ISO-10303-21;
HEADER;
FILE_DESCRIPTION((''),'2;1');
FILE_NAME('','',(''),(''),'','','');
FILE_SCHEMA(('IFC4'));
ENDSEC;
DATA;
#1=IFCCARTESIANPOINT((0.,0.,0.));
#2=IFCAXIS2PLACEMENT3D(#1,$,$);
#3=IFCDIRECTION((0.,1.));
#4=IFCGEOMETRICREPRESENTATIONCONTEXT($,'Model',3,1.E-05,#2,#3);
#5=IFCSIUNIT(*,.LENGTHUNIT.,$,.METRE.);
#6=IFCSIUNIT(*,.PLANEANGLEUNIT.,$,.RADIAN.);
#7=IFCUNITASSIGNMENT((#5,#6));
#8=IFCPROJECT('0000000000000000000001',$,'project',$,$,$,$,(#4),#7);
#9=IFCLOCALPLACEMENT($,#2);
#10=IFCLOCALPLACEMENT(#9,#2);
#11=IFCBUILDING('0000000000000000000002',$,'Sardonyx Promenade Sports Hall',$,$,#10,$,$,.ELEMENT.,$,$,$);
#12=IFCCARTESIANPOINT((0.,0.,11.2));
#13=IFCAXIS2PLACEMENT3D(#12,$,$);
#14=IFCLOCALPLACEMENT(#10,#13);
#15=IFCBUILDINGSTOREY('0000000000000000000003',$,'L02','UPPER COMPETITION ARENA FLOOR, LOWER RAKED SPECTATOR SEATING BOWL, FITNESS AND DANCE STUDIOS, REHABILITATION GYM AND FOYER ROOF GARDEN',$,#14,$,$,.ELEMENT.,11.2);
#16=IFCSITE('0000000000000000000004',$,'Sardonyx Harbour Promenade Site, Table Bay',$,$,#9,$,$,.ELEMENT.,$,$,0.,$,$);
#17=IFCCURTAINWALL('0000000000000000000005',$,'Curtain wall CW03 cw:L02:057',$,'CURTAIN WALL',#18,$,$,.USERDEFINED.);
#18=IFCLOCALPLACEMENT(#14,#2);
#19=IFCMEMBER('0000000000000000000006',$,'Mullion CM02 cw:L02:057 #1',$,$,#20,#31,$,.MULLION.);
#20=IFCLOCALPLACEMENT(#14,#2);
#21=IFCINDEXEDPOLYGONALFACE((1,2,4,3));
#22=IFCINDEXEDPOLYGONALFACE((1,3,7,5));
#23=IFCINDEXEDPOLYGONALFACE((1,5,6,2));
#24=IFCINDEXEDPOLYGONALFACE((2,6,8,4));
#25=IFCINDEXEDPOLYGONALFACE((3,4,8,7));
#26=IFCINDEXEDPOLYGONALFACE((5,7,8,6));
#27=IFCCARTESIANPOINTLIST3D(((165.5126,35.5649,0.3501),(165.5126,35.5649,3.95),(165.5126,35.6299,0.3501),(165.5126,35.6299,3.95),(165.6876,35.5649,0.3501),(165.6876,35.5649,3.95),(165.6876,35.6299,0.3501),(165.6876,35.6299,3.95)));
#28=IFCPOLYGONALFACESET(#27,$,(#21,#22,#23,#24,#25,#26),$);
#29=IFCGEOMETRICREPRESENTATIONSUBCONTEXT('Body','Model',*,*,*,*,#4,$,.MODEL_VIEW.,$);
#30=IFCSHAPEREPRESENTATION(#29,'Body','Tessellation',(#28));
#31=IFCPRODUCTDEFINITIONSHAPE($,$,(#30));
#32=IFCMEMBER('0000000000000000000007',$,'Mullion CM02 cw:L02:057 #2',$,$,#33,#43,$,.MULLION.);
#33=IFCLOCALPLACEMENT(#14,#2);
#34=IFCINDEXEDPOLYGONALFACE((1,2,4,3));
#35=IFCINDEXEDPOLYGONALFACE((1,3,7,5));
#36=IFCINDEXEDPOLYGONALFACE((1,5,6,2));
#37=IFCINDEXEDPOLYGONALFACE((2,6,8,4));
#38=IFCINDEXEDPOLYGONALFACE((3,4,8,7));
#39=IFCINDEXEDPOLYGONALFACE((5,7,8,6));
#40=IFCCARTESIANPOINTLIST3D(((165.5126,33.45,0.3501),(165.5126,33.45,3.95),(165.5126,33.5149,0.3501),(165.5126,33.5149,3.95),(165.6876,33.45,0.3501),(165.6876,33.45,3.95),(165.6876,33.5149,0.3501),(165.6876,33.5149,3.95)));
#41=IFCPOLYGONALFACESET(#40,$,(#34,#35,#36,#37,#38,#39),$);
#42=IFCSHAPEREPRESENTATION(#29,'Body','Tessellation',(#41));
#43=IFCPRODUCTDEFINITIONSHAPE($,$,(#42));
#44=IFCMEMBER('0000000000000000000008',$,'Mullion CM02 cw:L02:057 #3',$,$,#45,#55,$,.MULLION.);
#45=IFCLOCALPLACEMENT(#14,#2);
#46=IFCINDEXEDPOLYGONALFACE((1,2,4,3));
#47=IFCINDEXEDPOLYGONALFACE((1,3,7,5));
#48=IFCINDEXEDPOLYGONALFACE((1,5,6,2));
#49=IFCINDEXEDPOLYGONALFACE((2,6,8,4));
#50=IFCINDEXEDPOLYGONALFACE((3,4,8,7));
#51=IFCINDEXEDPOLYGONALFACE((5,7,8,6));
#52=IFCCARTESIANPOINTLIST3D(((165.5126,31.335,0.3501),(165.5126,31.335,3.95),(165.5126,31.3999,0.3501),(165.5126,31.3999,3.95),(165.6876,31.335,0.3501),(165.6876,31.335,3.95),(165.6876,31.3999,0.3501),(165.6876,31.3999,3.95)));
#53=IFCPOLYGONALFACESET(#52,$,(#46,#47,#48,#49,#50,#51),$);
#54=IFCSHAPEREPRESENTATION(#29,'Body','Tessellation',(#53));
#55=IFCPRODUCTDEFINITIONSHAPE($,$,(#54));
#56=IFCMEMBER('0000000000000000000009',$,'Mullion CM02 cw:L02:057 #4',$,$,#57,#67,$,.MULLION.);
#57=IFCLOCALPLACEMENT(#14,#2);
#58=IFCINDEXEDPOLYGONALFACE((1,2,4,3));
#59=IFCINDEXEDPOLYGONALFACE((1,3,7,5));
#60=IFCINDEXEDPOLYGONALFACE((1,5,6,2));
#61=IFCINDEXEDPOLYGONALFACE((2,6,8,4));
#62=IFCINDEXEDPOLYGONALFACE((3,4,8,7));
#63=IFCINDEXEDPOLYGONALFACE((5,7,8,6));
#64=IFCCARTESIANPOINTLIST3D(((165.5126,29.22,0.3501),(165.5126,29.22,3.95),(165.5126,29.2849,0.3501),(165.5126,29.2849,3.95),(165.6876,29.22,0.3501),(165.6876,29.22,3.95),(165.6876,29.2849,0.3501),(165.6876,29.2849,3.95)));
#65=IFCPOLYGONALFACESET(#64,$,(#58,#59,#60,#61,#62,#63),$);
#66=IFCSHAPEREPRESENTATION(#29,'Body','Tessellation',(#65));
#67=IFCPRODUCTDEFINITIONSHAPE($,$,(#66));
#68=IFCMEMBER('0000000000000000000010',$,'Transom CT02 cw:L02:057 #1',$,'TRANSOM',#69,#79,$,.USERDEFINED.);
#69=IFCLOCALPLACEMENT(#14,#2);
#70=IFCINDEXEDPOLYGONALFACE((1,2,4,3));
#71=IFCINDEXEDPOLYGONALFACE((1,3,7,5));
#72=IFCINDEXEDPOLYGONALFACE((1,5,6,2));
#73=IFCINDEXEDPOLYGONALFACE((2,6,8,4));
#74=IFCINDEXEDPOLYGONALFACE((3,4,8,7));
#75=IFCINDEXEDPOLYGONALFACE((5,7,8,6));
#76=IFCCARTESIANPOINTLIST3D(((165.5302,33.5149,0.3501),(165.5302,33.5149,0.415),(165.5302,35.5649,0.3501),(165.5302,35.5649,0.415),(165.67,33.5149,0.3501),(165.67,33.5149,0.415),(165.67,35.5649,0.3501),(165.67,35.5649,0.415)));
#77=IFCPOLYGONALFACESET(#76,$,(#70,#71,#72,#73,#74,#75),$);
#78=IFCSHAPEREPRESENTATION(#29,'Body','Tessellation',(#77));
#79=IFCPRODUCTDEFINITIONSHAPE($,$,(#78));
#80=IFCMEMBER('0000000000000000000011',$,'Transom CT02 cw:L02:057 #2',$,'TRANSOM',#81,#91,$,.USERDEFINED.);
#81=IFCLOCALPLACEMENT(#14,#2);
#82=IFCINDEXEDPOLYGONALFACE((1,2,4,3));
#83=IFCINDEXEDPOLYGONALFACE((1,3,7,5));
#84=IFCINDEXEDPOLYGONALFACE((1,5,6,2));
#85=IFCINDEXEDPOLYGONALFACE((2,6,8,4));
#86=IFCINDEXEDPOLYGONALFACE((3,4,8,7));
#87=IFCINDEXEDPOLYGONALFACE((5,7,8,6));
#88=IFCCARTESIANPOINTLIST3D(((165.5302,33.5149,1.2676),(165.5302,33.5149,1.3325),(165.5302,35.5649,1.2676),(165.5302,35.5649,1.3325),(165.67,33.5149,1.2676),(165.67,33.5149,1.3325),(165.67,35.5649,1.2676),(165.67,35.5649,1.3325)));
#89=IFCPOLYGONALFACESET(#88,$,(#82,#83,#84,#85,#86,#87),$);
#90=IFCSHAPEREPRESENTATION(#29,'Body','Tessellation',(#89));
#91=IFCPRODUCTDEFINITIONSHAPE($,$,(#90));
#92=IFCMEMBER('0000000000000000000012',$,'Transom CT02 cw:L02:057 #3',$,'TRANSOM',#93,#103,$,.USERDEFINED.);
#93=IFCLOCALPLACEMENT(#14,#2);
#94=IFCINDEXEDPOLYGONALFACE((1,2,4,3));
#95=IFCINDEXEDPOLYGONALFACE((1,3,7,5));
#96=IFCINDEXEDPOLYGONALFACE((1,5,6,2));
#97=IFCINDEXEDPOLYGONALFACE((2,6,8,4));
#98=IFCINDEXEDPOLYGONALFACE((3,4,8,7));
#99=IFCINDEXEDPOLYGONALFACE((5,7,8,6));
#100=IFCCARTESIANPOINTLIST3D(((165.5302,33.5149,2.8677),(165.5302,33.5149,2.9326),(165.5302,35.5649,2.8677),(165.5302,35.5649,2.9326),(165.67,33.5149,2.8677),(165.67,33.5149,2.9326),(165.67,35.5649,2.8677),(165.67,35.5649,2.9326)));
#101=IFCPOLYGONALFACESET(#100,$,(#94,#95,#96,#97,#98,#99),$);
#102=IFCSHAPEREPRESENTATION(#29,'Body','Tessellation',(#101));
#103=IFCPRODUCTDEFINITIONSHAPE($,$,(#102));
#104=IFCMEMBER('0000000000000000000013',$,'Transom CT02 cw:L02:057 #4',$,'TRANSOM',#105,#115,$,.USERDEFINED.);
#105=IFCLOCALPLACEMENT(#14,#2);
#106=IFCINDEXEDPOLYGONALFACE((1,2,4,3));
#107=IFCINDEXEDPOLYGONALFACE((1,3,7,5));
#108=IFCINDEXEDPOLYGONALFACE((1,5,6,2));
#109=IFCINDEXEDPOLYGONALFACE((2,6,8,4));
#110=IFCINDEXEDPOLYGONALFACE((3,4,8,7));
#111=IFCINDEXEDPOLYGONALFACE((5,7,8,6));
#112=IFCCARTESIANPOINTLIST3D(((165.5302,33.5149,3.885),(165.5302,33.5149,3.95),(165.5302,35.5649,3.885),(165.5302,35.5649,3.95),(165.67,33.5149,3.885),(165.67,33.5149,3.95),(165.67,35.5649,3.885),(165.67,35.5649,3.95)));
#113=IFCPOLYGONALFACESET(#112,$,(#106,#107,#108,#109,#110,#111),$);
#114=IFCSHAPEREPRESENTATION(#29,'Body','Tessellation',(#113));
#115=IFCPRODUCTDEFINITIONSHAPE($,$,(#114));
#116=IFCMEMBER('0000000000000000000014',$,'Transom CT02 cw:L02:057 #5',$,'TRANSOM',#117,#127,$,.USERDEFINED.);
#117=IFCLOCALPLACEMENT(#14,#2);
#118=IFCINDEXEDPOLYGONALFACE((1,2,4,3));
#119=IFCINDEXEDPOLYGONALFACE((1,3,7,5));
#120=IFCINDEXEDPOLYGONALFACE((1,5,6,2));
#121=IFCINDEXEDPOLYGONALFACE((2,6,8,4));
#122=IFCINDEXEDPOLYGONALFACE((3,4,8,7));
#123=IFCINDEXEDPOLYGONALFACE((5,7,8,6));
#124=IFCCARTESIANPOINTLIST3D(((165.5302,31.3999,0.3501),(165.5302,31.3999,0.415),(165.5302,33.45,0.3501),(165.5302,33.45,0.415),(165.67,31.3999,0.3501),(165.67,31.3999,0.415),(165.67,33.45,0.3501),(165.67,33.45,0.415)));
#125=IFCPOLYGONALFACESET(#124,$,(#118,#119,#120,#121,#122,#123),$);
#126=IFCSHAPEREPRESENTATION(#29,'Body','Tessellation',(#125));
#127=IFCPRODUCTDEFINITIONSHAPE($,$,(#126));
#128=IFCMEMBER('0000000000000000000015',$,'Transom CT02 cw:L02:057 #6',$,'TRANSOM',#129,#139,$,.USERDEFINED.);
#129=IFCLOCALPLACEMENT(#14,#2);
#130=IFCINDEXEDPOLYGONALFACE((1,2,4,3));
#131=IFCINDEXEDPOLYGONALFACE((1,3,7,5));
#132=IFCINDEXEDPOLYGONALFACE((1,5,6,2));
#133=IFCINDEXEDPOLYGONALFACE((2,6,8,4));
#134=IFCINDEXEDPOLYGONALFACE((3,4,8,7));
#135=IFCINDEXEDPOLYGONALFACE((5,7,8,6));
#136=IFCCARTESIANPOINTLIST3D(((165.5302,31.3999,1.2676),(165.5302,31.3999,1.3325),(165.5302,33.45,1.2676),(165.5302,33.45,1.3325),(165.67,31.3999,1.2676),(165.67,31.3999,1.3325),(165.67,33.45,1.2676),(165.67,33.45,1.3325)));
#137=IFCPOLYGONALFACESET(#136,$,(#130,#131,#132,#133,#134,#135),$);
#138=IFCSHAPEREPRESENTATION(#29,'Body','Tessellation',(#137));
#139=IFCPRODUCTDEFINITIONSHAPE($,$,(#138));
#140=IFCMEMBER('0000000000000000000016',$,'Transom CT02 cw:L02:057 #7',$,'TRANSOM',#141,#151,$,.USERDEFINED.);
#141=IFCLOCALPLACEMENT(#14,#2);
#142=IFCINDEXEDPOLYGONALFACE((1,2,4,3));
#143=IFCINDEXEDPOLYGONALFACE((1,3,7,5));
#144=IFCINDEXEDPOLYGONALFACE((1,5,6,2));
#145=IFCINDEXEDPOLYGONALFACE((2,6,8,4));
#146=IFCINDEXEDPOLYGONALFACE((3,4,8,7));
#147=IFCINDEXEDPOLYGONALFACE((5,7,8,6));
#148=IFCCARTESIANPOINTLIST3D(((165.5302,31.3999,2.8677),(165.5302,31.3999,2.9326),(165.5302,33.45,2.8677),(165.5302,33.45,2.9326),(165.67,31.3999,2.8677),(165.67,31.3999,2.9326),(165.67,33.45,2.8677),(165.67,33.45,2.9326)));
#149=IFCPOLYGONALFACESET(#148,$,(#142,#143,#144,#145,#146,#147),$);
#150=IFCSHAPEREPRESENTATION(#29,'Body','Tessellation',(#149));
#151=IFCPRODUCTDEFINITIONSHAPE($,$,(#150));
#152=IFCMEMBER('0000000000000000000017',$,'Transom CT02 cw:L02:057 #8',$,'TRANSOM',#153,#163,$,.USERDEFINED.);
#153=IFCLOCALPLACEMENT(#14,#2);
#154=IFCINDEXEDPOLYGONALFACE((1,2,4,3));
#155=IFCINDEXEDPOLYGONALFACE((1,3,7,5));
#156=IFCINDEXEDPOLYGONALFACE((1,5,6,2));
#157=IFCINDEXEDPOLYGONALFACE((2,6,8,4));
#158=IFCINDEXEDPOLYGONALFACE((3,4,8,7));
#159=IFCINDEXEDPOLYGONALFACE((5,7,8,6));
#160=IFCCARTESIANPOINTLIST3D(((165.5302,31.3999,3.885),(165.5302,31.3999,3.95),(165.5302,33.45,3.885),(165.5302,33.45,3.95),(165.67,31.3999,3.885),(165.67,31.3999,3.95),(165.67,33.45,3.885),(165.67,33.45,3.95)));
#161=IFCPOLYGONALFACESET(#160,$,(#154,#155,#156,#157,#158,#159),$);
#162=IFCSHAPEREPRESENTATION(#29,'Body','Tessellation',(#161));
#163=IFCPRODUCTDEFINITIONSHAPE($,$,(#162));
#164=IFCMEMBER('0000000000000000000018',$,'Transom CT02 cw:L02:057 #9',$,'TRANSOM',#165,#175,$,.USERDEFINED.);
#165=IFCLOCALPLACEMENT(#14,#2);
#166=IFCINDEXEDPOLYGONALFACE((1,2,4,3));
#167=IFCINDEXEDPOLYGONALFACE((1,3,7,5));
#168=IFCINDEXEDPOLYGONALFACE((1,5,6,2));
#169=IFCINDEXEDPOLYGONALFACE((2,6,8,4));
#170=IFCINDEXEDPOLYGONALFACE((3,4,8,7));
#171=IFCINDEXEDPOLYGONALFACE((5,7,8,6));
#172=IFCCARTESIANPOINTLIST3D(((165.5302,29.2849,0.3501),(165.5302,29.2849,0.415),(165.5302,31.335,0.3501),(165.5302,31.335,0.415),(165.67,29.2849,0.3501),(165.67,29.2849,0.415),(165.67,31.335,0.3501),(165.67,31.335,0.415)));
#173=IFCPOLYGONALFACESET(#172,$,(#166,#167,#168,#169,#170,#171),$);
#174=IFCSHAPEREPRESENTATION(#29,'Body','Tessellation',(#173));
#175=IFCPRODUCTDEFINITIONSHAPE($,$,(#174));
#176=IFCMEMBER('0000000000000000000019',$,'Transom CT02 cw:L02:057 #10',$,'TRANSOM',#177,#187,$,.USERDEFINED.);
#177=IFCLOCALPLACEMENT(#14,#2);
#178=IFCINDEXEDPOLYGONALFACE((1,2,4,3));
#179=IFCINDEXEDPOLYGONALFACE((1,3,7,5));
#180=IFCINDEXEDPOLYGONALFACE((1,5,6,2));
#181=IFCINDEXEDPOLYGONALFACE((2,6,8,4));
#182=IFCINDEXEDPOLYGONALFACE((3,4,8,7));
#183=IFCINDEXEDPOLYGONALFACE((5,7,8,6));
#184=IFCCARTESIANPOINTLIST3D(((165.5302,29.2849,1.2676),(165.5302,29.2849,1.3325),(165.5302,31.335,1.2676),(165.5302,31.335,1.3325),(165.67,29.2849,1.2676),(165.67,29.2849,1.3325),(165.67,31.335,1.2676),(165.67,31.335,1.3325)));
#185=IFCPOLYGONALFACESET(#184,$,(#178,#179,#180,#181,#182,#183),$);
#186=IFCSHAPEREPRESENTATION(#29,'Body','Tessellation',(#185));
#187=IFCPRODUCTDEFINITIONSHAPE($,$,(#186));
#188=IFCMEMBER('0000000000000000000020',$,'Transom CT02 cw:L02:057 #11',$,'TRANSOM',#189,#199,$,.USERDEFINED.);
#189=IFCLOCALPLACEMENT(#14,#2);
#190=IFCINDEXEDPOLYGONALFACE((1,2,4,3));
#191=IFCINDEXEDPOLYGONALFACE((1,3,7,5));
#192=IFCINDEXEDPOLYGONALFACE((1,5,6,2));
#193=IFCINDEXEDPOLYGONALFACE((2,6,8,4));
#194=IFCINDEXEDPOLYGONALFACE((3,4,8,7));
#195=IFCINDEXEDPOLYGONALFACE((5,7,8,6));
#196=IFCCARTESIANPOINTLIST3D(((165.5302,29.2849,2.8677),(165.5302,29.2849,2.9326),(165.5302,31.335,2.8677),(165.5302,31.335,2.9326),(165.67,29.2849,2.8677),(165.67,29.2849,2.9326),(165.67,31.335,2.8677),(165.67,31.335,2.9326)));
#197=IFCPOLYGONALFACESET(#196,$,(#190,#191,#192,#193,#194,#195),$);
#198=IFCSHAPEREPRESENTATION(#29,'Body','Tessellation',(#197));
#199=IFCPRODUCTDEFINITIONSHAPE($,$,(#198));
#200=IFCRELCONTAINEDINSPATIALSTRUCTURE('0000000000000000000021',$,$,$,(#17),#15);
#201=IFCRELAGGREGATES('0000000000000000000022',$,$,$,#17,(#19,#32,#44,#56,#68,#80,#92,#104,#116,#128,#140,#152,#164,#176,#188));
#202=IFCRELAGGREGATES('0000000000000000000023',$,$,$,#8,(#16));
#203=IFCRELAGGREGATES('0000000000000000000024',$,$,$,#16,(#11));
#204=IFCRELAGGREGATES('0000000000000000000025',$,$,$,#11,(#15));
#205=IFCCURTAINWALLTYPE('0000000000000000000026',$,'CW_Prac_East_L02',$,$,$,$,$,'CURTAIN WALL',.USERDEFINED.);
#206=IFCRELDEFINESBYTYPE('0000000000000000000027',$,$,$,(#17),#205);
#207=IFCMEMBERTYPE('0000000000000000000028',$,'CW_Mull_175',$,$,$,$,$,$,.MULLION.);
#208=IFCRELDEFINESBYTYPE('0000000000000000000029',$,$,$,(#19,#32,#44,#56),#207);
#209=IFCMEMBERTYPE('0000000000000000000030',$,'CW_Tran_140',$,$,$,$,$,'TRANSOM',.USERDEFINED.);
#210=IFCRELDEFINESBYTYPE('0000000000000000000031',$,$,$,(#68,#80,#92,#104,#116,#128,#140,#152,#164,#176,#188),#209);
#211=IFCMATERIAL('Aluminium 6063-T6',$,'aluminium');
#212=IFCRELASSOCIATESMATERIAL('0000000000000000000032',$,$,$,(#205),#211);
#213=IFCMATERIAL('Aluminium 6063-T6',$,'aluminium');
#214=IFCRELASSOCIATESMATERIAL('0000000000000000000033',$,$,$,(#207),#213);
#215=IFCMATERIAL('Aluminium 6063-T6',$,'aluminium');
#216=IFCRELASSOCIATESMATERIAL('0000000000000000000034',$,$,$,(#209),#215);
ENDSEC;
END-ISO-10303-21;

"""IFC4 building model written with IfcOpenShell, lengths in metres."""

from ifc_helpers import new_model, si_unit, direction, frame, origin, origin_2d, place, context, subcontext, project, spatial, rectangle, extrude, material, material_profile, profile_set, type_object, element, aggregate, save


model = new_model("IFC4")

# Units and contexts
model_context = context("Model", 3, precision=1e-05, world=origin(), true_north=direction((0.0, 1.0)))
body_context = subcontext(model_context, "Body", "Model", "MODEL_VIEW")
ifc_project = project(units=[si_unit("LENGTHUNIT", "METRE"), si_unit("PLANEANGLEUNIT", "RADIAN")], contexts=[model_context])

# Site, building, storey
site_placement = place(None, origin())
site = spatial("IfcSite", under=ifc_project, at=site_placement, Name="Sardonyx Harbour Promenade Site, Table Bay", CompositionType="ELEMENT", RefElevation=0.0)
building_placement = place(site_placement, origin())
building = spatial("IfcBuilding", under=site, at=building_placement, Name="Sardonyx Promenade Sports Hall", CompositionType="ELEMENT")
storey_placement = place(building_placement, frame((0.0, 0.0, 11.2)))
storey = spatial("IfcBuildingStorey", under=building, at=storey_placement, Name="L02", Description="UPPER COMPETITION ARENA FLOOR, LOWER RAKED SPECTATOR SEATING BOWL, FITNESS AND DANCE STUDIOS, REHABILITATION GYM AND FOYER ROOF GARDEN", CompositionType="ELEMENT", Elevation=11.2)

# Curtain wall, members
ifc_material_1 = material(Name="Aluminium 6063-T6", Category="aluminium")
curtain_wall_type = type_object("IfcCurtainWallType", Name="CW_Prac_East_L02", ElementType="CURTAIN WALL", PredefinedType="USERDEFINED", material=ifc_material_1)
curtain_wall_placement = place(storey_placement, origin())
curtain_wall = element("IfcCurtainWall", 1, at=curtain_wall_placement, inside=storey, type_object=curtain_wall_type, Name="Curtain wall CW03 cw:L02:057", ObjectType="CURTAIN WALL", PredefinedType="USERDEFINED")
ifc_material_2 = material(Name="Aluminium 6063-T6", Category="aluminium")
ifc_material_profile_1 = material_profile(ifc_material_2, rectangle(XDim=0.0649, YDim=0.175, at=origin_2d()))
ifc_profile_set_1 = profile_set([ifc_material_profile_1], Name="Aluminium 6063-T6")
member_type_1 = type_object("IfcMemberType", Name="CW_Mull_175", PredefinedType="MULLION", material=ifc_profile_set_1)
member_1_placement = place(storey_placement, frame((165.6001, 35.5974, 0.3501), z_axis=(0.0, 0.0, 1.0), x_axis=(0.0, -1.0, 0.0)))
member_1 = element("IfcMember", 2, at=member_1_placement, type_object=member_type_1, Name="Mullion CM02 cw:L02:057 #1", PredefinedType="MULLION", context=body_context, shape_type="SweptSolid", body=[
    extrude(rectangle(XDim=0.0649, YDim=0.175, at=origin_2d()), origin(), (0.0, 0.0, 1.0), 3.5999),
])
member_2_placement = place(storey_placement, frame((165.6001, 33.4824, 0.3501), z_axis=(0.0, 0.0, 1.0), x_axis=(0.0, -1.0, 0.0)))
member_2 = element("IfcMember", 3, at=member_2_placement, type_object=member_type_1, Name="Mullion CM02 cw:L02:057 #2", PredefinedType="MULLION", context=body_context, shape_type="SweptSolid", body=[
    extrude(rectangle(XDim=0.0649, YDim=0.175, at=origin_2d()), origin(), (0.0, 0.0, 1.0), 3.5999),
])
member_3_placement = place(storey_placement, frame((165.6001, 31.3674, 0.3501), z_axis=(0.0, 0.0, 1.0), x_axis=(0.0, -1.0, 0.0)))
member_3 = element("IfcMember", 4, at=member_3_placement, type_object=member_type_1, Name="Mullion CM02 cw:L02:057 #3", PredefinedType="MULLION", context=body_context, shape_type="SweptSolid", body=[
    extrude(rectangle(XDim=0.0649, YDim=0.175, at=origin_2d()), origin(), (0.0, 0.0, 1.0), 3.5999),
])
member_4_placement = place(storey_placement, frame((165.6001, 29.2524, 0.3501), z_axis=(0.0, 0.0, 1.0), x_axis=(0.0, -1.0, 0.0)))
member_4 = element("IfcMember", 5, at=member_4_placement, type_object=member_type_1, Name="Mullion CM02 cw:L02:057 #4", PredefinedType="MULLION", context=body_context, shape_type="SweptSolid", body=[
    extrude(rectangle(XDim=0.0649, YDim=0.175, at=origin_2d()), origin(), (0.0, 0.0, 1.0), 3.5999),
])
ifc_material_3 = material(Name="Aluminium 6063-T6", Category="aluminium")
ifc_material_profile_2 = material_profile(ifc_material_3, rectangle(XDim=0.0649, YDim=0.1399, at=origin_2d()))
ifc_profile_set_2 = profile_set([ifc_material_profile_2], Name="Aluminium 6063-T6")
member_type_2 = type_object("IfcMemberType", Name="CW_Tran_140", ElementType="TRANSOM", PredefinedType="USERDEFINED", material=ifc_profile_set_2)
member_5_placement = place(storey_placement, frame((165.6001, 35.5649, 0.3826), z_axis=(0.0, -1.0, 0.0), x_axis=(0.0, 0.0, 1.0)))
member_5 = element("IfcMember", 6, at=member_5_placement, type_object=member_type_2, Name="Transom CT02 cw:L02:057 #1", ObjectType="TRANSOM", PredefinedType="USERDEFINED", context=body_context, shape_type="SweptSolid", body=[
    extrude(rectangle(XDim=0.0649, YDim=0.1399, at=origin_2d()), origin(), (0.0, 0.0, 1.0), 2.05),
])
member_6_placement = place(storey_placement, frame((165.6001, 35.5649, 1.3), z_axis=(0.0, -1.0, 0.0), x_axis=(0.0, 0.0, 1.0)))
member_6 = element("IfcMember", 7, at=member_6_placement, type_object=member_type_2, Name="Transom CT02 cw:L02:057 #2", ObjectType="TRANSOM", PredefinedType="USERDEFINED", context=body_context, shape_type="SweptSolid", body=[
    extrude(rectangle(XDim=0.0649, YDim=0.1399, at=origin_2d()), origin(), (0.0, 0.0, 1.0), 2.05),
])
member_7_placement = place(storey_placement, frame((165.6001, 35.5649, 2.9001), z_axis=(0.0, -1.0, 0.0), x_axis=(0.0, 0.0, 1.0)))
member_7 = element("IfcMember", 8, at=member_7_placement, type_object=member_type_2, Name="Transom CT02 cw:L02:057 #3", ObjectType="TRANSOM", PredefinedType="USERDEFINED", context=body_context, shape_type="SweptSolid", body=[
    extrude(rectangle(XDim=0.0649, YDim=0.1399, at=origin_2d()), origin(), (0.0, 0.0, 1.0), 2.05),
])
member_8_placement = place(storey_placement, frame((165.6001, 35.5649, 3.9175), z_axis=(0.0, -1.0, 0.0), x_axis=(0.0, 0.0, 1.0)))
member_8 = element("IfcMember", 9, at=member_8_placement, type_object=member_type_2, Name="Transom CT02 cw:L02:057 #4", ObjectType="TRANSOM", PredefinedType="USERDEFINED", context=body_context, shape_type="SweptSolid", body=[
    extrude(rectangle(XDim=0.0649, YDim=0.1399, at=origin_2d()), origin(), (0.0, 0.0, 1.0), 2.05),
])
member_9_placement = place(storey_placement, frame((165.6001, 33.45, 0.3826), z_axis=(0.0, -1.0, 0.0), x_axis=(0.0, 0.0, 1.0)))
member_9 = element("IfcMember", 10, at=member_9_placement, type_object=member_type_2, Name="Transom CT02 cw:L02:057 #5", ObjectType="TRANSOM", PredefinedType="USERDEFINED", context=body_context, shape_type="SweptSolid", body=[
    extrude(rectangle(XDim=0.0649, YDim=0.1399, at=origin_2d()), origin(), (0.0, 0.0, 1.0), 2.05),
])
member_10_placement = place(storey_placement, frame((165.6001, 33.45, 1.3), z_axis=(0.0, -1.0, 0.0), x_axis=(0.0, 0.0, 1.0)))
member_10 = element("IfcMember", 11, at=member_10_placement, type_object=member_type_2, Name="Transom CT02 cw:L02:057 #6", ObjectType="TRANSOM", PredefinedType="USERDEFINED", context=body_context, shape_type="SweptSolid", body=[
    extrude(rectangle(XDim=0.0649, YDim=0.1399, at=origin_2d()), origin(), (0.0, 0.0, 1.0), 2.05),
])
member_11_placement = place(storey_placement, frame((165.6001, 33.45, 2.9001), z_axis=(0.0, -1.0, 0.0), x_axis=(0.0, 0.0, 1.0)))
member_11 = element("IfcMember", 12, at=member_11_placement, type_object=member_type_2, Name="Transom CT02 cw:L02:057 #7", ObjectType="TRANSOM", PredefinedType="USERDEFINED", context=body_context, shape_type="SweptSolid", body=[
    extrude(rectangle(XDim=0.0649, YDim=0.1399, at=origin_2d()), origin(), (0.0, 0.0, 1.0), 2.05),
])
member_12_placement = place(storey_placement, frame((165.6001, 33.45, 3.9175), z_axis=(0.0, -1.0, 0.0), x_axis=(0.0, 0.0, 1.0)))
member_12 = element("IfcMember", 13, at=member_12_placement, type_object=member_type_2, Name="Transom CT02 cw:L02:057 #8", ObjectType="TRANSOM", PredefinedType="USERDEFINED", context=body_context, shape_type="SweptSolid", body=[
    extrude(rectangle(XDim=0.0649, YDim=0.1399, at=origin_2d()), origin(), (0.0, 0.0, 1.0), 2.05),
])
member_13_placement = place(storey_placement, frame((165.6001, 31.335, 0.3826), z_axis=(0.0, -1.0, 0.0), x_axis=(0.0, 0.0, 1.0)))
member_13 = element("IfcMember", 14, at=member_13_placement, type_object=member_type_2, Name="Transom CT02 cw:L02:057 #9", ObjectType="TRANSOM", PredefinedType="USERDEFINED", context=body_context, shape_type="SweptSolid", body=[
    extrude(rectangle(XDim=0.0649, YDim=0.1399, at=origin_2d()), origin(), (0.0, 0.0, 1.0), 2.05),
])
member_14_placement = place(storey_placement, frame((165.6001, 31.335, 1.3), z_axis=(0.0, -1.0, 0.0), x_axis=(0.0, 0.0, 1.0)))
member_14 = element("IfcMember", 15, at=member_14_placement, type_object=member_type_2, Name="Transom CT02 cw:L02:057 #10", ObjectType="TRANSOM", PredefinedType="USERDEFINED", context=body_context, shape_type="SweptSolid", body=[
    extrude(rectangle(XDim=0.0649, YDim=0.1399, at=origin_2d()), origin(), (0.0, 0.0, 1.0), 2.05),
])
member_15_placement = place(storey_placement, frame((165.6001, 31.335, 2.9001), z_axis=(0.0, -1.0, 0.0), x_axis=(0.0, 0.0, 1.0)))
member_15 = element("IfcMember", 16, at=member_15_placement, type_object=member_type_2, Name="Transom CT02 cw:L02:057 #11", ObjectType="TRANSOM", PredefinedType="USERDEFINED", context=body_context, shape_type="SweptSolid", body=[
    extrude(rectangle(XDim=0.0649, YDim=0.1399, at=origin_2d()), origin(), (0.0, 0.0, 1.0), 2.05),
])
aggregate(curtain_wall, [member_1, member_2, member_3, member_4, member_5, member_6, member_7, member_8, member_9, member_10, member_11, member_12, member_13, member_14, member_15])

save(model, "model.ifc")
